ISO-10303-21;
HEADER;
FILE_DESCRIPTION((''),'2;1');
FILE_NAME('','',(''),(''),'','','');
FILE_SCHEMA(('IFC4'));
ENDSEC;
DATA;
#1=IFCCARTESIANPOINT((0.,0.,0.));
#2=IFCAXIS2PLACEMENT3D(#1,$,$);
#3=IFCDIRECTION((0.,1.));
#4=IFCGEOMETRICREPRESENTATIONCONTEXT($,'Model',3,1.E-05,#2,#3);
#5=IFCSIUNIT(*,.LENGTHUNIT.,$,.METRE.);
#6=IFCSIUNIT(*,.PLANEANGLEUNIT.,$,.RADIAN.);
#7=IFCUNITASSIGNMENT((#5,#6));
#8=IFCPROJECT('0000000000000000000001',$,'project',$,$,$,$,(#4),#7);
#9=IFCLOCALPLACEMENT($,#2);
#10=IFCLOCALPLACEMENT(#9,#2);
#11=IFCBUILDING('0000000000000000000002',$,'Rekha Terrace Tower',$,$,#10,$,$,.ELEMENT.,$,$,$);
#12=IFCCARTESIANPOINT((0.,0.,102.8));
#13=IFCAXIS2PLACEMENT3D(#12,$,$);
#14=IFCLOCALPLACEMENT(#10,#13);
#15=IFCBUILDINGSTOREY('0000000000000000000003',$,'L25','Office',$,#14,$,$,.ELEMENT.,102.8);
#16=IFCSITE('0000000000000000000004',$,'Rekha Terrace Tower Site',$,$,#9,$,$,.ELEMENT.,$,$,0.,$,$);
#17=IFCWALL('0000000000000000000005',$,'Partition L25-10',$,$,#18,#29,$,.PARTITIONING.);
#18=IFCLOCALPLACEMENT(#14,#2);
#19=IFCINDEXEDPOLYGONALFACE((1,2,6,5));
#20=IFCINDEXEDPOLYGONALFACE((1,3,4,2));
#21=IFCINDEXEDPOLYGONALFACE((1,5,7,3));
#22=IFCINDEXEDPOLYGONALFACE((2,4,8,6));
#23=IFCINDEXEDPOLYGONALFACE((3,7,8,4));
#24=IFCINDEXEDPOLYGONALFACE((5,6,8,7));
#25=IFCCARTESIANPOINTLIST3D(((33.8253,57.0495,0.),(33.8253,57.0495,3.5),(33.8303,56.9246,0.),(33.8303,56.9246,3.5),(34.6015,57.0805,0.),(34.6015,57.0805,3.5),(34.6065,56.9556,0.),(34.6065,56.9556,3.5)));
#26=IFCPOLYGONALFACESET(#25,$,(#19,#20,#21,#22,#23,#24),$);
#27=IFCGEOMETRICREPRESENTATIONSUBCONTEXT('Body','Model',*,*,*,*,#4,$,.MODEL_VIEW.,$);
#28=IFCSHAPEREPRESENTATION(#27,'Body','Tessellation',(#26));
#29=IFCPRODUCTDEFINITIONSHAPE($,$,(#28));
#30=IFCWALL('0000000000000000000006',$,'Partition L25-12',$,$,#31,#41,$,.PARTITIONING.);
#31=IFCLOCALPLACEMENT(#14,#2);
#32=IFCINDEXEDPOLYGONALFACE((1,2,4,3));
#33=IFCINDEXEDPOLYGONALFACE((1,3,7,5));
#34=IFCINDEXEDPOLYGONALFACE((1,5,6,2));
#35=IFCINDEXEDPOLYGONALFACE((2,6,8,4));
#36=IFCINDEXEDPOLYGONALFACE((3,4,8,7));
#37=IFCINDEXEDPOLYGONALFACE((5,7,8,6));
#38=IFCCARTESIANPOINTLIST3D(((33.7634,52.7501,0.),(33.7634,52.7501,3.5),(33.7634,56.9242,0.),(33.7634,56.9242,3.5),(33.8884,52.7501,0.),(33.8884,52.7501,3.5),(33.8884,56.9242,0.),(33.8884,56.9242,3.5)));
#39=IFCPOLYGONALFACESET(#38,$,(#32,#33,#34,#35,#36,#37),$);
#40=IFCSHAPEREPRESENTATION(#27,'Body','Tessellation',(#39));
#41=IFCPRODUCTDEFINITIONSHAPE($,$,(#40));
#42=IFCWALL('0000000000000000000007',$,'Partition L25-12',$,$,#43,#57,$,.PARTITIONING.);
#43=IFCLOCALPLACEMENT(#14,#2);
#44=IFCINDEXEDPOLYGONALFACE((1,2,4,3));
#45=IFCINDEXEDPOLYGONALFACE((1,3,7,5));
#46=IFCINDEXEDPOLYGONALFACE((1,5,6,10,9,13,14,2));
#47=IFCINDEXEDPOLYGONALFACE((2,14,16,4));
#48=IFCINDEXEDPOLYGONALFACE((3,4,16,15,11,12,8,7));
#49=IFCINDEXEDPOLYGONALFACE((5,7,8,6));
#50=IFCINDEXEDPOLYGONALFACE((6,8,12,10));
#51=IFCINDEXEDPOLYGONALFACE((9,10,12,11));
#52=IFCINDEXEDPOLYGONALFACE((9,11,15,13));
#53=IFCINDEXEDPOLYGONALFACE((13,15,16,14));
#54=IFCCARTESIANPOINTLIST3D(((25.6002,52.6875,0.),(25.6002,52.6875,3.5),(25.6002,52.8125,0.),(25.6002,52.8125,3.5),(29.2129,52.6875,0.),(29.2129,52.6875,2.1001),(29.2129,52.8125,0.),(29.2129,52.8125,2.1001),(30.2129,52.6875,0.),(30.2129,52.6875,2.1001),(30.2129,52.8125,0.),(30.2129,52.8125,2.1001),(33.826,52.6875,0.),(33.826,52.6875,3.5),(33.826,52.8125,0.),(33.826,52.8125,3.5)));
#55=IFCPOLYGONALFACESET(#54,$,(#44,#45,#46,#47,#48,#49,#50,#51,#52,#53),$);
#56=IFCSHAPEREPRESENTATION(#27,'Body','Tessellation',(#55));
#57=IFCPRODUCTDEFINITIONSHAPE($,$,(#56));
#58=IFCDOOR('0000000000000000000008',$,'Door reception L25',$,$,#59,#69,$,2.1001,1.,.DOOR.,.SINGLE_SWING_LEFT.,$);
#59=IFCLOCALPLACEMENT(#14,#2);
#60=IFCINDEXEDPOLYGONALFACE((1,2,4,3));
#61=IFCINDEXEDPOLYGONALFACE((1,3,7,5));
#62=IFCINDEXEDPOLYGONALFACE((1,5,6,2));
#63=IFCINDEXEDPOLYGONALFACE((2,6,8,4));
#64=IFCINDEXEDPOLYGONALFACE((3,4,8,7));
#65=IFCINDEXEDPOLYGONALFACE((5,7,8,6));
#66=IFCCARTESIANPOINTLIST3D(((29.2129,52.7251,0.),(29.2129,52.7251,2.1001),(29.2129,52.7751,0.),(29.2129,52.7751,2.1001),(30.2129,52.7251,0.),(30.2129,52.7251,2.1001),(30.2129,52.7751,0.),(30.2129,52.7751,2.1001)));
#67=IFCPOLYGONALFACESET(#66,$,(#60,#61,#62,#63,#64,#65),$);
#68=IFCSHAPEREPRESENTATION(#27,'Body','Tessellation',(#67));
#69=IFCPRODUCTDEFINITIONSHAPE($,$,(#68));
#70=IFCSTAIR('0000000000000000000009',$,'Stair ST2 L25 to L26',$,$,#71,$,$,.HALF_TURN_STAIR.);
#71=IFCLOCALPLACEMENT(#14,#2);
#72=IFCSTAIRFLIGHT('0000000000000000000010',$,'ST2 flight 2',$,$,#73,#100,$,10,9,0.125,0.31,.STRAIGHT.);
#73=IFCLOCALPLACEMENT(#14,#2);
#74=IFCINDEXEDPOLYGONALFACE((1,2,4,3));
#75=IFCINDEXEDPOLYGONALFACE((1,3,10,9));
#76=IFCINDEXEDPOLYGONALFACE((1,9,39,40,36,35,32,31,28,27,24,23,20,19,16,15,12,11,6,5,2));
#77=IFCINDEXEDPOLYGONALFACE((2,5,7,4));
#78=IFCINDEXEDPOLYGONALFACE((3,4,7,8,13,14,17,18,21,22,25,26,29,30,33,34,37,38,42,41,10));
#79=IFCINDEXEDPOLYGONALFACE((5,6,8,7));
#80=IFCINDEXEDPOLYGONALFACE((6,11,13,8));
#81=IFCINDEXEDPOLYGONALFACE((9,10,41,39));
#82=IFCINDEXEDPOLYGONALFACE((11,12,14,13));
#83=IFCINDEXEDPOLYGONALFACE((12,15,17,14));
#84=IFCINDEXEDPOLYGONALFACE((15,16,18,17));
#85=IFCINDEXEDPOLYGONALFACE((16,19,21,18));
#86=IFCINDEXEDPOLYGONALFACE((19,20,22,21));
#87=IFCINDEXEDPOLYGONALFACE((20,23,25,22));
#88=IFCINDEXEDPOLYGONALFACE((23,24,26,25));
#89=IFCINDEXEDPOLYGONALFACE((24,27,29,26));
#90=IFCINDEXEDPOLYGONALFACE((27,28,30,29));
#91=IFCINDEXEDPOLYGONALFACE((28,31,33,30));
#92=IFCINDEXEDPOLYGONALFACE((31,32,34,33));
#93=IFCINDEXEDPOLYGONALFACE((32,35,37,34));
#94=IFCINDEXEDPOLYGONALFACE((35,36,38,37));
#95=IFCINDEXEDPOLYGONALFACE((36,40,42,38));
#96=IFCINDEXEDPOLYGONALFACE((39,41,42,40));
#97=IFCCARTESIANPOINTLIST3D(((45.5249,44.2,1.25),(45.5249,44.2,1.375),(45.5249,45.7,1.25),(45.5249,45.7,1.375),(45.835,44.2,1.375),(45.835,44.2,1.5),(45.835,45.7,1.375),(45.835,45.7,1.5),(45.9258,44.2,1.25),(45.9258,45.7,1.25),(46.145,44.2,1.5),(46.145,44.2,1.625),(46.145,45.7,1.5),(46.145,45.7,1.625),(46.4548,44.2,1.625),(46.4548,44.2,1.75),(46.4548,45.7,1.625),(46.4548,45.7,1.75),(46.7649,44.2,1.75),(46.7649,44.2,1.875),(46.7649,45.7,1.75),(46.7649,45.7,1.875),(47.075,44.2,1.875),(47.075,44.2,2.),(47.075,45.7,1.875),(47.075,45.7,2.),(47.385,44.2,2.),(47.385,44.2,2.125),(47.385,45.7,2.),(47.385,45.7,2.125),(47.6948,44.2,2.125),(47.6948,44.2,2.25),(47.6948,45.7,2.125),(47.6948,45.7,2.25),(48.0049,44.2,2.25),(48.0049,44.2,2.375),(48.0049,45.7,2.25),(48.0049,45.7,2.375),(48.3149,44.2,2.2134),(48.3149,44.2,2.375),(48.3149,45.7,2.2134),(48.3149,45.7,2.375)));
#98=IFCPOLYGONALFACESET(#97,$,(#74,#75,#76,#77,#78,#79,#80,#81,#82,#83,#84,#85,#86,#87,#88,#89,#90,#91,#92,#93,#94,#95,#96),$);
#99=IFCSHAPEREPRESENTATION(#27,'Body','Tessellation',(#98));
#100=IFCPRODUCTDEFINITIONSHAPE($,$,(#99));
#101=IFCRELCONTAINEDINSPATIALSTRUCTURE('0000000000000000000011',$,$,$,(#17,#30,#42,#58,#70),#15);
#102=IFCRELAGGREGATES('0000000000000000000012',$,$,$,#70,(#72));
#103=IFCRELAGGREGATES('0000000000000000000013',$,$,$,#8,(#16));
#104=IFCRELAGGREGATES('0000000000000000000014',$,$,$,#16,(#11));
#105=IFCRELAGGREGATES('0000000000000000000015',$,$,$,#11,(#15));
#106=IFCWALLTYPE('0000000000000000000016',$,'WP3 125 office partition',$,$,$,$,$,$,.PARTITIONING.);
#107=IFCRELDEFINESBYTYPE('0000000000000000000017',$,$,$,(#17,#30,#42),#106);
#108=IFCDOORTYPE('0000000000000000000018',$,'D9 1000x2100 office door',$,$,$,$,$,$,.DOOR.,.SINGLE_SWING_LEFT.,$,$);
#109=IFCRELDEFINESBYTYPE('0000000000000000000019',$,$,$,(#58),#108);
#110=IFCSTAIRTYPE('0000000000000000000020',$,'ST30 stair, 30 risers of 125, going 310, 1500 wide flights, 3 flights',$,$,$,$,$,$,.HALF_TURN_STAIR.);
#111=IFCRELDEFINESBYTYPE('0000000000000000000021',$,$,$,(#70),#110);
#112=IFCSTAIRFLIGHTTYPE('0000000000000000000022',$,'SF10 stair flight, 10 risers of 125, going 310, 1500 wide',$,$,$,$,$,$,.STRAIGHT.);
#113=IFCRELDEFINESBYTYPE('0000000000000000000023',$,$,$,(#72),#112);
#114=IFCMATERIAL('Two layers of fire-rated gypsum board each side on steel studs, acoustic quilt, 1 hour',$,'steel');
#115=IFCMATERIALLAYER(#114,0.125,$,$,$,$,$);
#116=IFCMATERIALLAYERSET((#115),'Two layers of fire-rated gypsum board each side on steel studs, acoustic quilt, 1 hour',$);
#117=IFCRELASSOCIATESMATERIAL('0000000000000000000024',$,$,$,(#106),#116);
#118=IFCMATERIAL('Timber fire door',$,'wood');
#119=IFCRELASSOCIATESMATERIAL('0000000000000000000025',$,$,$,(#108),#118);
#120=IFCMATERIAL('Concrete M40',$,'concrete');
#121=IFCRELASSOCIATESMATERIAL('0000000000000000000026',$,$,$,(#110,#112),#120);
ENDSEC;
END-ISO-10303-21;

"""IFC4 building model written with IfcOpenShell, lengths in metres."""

from ifc_helpers import new_model, si_unit, direction, frame, frame_2d, origin, place, context, subcontext, project, spatial, polyline, rectangle, outline, extrude, material, layer, layer_set, type_object, element, fill, aggregate, save


model = new_model("IFC4")

# Units and contexts
model_context = context("Model", 3, precision=1e-05, world=origin(), true_north=direction((0.0, 1.0)))
body_context = subcontext(model_context, "Body", "Model", "MODEL_VIEW")
ifc_project = project(units=[si_unit("LENGTHUNIT", "METRE"), si_unit("PLANEANGLEUNIT", "RADIAN")], contexts=[model_context])

# Site, building, storey
site_placement = place(None, origin())
site = spatial("IfcSite", under=ifc_project, at=site_placement, Name="Rekha Terrace Tower Site", CompositionType="ELEMENT", RefElevation=0.0)
building_placement = place(site_placement, origin())
building = spatial("IfcBuilding", under=site, at=building_placement, Name="Rekha Terrace Tower", CompositionType="ELEMENT")
storey_placement = place(building_placement, frame((0.0, 0.0, 102.8)))
storey = spatial("IfcBuildingStorey", under=building, at=storey_placement, Name="L25", Description="Office", CompositionType="ELEMENT", Elevation=102.8)

# Shared definitions
ifc_material_1 = material(Name="Two layers of fire-rated gypsum board each side on steel studs, acoustic quilt, 1 hour", Category="steel")
ifc_layer_1 = layer(ifc_material_1, 0.125)
ifc_layer_set_1 = layer_set([ifc_layer_1], Name="Two layers of fire-rated gypsum board each side on steel studs, acoustic quilt, 1 hour")
wall_type_1 = type_object("IfcWallType", Name="WP3 125 office partition", PredefinedType="PARTITIONING", material=ifc_layer_set_1)

# Shared definitions
ifc_material_2 = material(Name="Timber fire door", Category="wood")
door_type_1 = type_object("IfcDoorType", Name="D9 1000x2100 office door", OperationType="SINGLE_SWING_LEFT", PredefinedType="DOOR", material=ifc_material_2)

# Walls
wall_1_placement = place(storey_placement, frame((34.604, 57.0181, 0.0), z_axis=(0.0, 0.0, 1.0), x_axis=(-0.999203, -0.039918, 0.0)))
element("IfcWall", 1, at=wall_1_placement, inside=storey, type_object=wall_type_1, Name="Partition L25-10", PredefinedType="PARTITIONING", context=body_context, shape_type="SweptSolid", body=[
    extrude(rectangle(XDim=0.7769, YDim=0.125, at=frame_2d((0.3884, 0.0))), origin(), (0.0, 0.0, 1.0), 3.5),
])
wall_2_placement = place(storey_placement, frame((33.8259, 56.9241, 0.0), z_axis=(0.0, 0.0, 1.0), x_axis=(0.0, -1.0, 0.0)))
element("IfcWall", 2, at=wall_2_placement, inside=storey, type_object=wall_type_1, Name="Partition L25-12", PredefinedType="PARTITIONING", context=body_context, shape_type="SweptSolid", body=[
    extrude(rectangle(XDim=4.1741, YDim=0.125, at=frame_2d((2.0869, 0.0))), origin(), (0.0, 0.0, 1.0), 3.5),
])

# Wall, opening, door
wall_3_placement = place(storey_placement, frame((33.8259, 52.75, 0.0), z_axis=(0.0, 0.0, 1.0), x_axis=(-1.0, 0.0, 0.0)))
wall_3 = element("IfcWall", 3, at=wall_3_placement, inside=storey, type_object=wall_type_1, Name="Partition L25-12", PredefinedType="PARTITIONING", context=body_context, shape_type="SweptSolid", body=[
    extrude(rectangle(XDim=8.2258, YDim=0.125, at=frame_2d((4.1128, 0.0))), origin(), (0.0, 0.0, 1.0), 3.5),
])
opening_1_placement = place(wall_3_placement, frame((3.613, 0.0, 0.0)))
opening_1 = element("IfcOpeningElement", 4, at=opening_1_placement, cuts=wall_3, PredefinedType="OPENING", context=body_context, shape_type="SweptSolid", body=[
    extrude(rectangle(XDim=1.0, YDim=2.1001, at=frame_2d((0.5, 1.05))), frame((0.0, 0.0725, 0.0), z_axis=(0.0, -1.0, 0.0), x_axis=(1.0, 0.0, 0.0)), (0.0, 0.0, 1.0), 0.145),
])
door_1_placement = place(opening_1_placement, origin())
door_1 = element("IfcDoor", 5, at=door_1_placement, inside=storey, type_object=door_type_1, Name="Door reception L25", OperationType="SINGLE_SWING_LEFT", OverallHeight=2.1001, OverallWidth=1.0, PredefinedType="DOOR", context=body_context, shape_type="SweptSolid", body=[
    extrude(rectangle(XDim=1.0, YDim=2.1001, at=frame_2d((0.5, 1.05))), frame((0.0, 0.0249, 0.0), z_axis=(0.0, -1.0, 0.0), x_axis=(1.0, 0.0, 0.0)), (0.0, 0.0, 1.0), 0.05),
])
fill(opening_1, door_1)

# Stair, stair flight
ifc_material_3 = material(Name="Concrete M40", Category="concrete")
stair_type = type_object("IfcStairType", Name="ST30 stair, 30 risers of 125, going 310, 1500 wide flights, 3 flights", PredefinedType="HALF_TURN_STAIR", material=ifc_material_3)
stair_placement = place(storey_placement, origin())
stair = element("IfcStair", 6, at=stair_placement, inside=storey, type_object=stair_type, Name="Stair ST2 L25 to L26", PredefinedType="HALF_TURN_STAIR")
stair_flight_type = type_object("IfcStairFlightType", Name="SF10 stair flight, 10 risers of 125, going 310, 1500 wide", PredefinedType="STRAIGHT", material=ifc_material_3)
stair_flight_placement = place(storey_placement, frame((45.5249, 44.95, 1.25), z_axis=(0.0, 0.0, 1.0), x_axis=(1.0, 0.0, 0.0)))
stair_flight = element("IfcStairFlight", 7, at=stair_flight_placement, type_object=stair_flight_type, Name="ST2 flight 2", NumberOfRisers=10, NumberOfTreads=9, PredefinedType="STRAIGHT", RiserHeight=0.125, TreadLength=0.31, context=body_context, shape_type="SweptSolid", body=[
    extrude(outline(polyline([(0.0, 0.0), (0.0, 0.125), (0.3101, 0.125), (0.3101, 0.25), (0.6201, 0.25), (0.6201, 0.375), (0.9299, 0.375), (0.9299, 0.5), (1.24, 0.5), (1.24, 0.625), (1.55, 0.625), (1.55, 0.75), (1.8601, 0.75), (1.8601, 0.875), (2.1699, 0.875), (2.1699, 1.0), (2.48, 1.0), (2.48, 1.125), (2.79, 1.125), (2.79, 1.25), (2.79, 0.9634), (0.4009, 0.0), (0.0, 0.0)])), frame((0.0, 0.75, 0.0), z_axis=(0.0, -1.0, 0.0), x_axis=(1.0, 0.0, 0.0)), (0.0, 0.0, 1.0), 1.5),
])
aggregate(stair, [stair_flight])

save(model, "model.ifc")
